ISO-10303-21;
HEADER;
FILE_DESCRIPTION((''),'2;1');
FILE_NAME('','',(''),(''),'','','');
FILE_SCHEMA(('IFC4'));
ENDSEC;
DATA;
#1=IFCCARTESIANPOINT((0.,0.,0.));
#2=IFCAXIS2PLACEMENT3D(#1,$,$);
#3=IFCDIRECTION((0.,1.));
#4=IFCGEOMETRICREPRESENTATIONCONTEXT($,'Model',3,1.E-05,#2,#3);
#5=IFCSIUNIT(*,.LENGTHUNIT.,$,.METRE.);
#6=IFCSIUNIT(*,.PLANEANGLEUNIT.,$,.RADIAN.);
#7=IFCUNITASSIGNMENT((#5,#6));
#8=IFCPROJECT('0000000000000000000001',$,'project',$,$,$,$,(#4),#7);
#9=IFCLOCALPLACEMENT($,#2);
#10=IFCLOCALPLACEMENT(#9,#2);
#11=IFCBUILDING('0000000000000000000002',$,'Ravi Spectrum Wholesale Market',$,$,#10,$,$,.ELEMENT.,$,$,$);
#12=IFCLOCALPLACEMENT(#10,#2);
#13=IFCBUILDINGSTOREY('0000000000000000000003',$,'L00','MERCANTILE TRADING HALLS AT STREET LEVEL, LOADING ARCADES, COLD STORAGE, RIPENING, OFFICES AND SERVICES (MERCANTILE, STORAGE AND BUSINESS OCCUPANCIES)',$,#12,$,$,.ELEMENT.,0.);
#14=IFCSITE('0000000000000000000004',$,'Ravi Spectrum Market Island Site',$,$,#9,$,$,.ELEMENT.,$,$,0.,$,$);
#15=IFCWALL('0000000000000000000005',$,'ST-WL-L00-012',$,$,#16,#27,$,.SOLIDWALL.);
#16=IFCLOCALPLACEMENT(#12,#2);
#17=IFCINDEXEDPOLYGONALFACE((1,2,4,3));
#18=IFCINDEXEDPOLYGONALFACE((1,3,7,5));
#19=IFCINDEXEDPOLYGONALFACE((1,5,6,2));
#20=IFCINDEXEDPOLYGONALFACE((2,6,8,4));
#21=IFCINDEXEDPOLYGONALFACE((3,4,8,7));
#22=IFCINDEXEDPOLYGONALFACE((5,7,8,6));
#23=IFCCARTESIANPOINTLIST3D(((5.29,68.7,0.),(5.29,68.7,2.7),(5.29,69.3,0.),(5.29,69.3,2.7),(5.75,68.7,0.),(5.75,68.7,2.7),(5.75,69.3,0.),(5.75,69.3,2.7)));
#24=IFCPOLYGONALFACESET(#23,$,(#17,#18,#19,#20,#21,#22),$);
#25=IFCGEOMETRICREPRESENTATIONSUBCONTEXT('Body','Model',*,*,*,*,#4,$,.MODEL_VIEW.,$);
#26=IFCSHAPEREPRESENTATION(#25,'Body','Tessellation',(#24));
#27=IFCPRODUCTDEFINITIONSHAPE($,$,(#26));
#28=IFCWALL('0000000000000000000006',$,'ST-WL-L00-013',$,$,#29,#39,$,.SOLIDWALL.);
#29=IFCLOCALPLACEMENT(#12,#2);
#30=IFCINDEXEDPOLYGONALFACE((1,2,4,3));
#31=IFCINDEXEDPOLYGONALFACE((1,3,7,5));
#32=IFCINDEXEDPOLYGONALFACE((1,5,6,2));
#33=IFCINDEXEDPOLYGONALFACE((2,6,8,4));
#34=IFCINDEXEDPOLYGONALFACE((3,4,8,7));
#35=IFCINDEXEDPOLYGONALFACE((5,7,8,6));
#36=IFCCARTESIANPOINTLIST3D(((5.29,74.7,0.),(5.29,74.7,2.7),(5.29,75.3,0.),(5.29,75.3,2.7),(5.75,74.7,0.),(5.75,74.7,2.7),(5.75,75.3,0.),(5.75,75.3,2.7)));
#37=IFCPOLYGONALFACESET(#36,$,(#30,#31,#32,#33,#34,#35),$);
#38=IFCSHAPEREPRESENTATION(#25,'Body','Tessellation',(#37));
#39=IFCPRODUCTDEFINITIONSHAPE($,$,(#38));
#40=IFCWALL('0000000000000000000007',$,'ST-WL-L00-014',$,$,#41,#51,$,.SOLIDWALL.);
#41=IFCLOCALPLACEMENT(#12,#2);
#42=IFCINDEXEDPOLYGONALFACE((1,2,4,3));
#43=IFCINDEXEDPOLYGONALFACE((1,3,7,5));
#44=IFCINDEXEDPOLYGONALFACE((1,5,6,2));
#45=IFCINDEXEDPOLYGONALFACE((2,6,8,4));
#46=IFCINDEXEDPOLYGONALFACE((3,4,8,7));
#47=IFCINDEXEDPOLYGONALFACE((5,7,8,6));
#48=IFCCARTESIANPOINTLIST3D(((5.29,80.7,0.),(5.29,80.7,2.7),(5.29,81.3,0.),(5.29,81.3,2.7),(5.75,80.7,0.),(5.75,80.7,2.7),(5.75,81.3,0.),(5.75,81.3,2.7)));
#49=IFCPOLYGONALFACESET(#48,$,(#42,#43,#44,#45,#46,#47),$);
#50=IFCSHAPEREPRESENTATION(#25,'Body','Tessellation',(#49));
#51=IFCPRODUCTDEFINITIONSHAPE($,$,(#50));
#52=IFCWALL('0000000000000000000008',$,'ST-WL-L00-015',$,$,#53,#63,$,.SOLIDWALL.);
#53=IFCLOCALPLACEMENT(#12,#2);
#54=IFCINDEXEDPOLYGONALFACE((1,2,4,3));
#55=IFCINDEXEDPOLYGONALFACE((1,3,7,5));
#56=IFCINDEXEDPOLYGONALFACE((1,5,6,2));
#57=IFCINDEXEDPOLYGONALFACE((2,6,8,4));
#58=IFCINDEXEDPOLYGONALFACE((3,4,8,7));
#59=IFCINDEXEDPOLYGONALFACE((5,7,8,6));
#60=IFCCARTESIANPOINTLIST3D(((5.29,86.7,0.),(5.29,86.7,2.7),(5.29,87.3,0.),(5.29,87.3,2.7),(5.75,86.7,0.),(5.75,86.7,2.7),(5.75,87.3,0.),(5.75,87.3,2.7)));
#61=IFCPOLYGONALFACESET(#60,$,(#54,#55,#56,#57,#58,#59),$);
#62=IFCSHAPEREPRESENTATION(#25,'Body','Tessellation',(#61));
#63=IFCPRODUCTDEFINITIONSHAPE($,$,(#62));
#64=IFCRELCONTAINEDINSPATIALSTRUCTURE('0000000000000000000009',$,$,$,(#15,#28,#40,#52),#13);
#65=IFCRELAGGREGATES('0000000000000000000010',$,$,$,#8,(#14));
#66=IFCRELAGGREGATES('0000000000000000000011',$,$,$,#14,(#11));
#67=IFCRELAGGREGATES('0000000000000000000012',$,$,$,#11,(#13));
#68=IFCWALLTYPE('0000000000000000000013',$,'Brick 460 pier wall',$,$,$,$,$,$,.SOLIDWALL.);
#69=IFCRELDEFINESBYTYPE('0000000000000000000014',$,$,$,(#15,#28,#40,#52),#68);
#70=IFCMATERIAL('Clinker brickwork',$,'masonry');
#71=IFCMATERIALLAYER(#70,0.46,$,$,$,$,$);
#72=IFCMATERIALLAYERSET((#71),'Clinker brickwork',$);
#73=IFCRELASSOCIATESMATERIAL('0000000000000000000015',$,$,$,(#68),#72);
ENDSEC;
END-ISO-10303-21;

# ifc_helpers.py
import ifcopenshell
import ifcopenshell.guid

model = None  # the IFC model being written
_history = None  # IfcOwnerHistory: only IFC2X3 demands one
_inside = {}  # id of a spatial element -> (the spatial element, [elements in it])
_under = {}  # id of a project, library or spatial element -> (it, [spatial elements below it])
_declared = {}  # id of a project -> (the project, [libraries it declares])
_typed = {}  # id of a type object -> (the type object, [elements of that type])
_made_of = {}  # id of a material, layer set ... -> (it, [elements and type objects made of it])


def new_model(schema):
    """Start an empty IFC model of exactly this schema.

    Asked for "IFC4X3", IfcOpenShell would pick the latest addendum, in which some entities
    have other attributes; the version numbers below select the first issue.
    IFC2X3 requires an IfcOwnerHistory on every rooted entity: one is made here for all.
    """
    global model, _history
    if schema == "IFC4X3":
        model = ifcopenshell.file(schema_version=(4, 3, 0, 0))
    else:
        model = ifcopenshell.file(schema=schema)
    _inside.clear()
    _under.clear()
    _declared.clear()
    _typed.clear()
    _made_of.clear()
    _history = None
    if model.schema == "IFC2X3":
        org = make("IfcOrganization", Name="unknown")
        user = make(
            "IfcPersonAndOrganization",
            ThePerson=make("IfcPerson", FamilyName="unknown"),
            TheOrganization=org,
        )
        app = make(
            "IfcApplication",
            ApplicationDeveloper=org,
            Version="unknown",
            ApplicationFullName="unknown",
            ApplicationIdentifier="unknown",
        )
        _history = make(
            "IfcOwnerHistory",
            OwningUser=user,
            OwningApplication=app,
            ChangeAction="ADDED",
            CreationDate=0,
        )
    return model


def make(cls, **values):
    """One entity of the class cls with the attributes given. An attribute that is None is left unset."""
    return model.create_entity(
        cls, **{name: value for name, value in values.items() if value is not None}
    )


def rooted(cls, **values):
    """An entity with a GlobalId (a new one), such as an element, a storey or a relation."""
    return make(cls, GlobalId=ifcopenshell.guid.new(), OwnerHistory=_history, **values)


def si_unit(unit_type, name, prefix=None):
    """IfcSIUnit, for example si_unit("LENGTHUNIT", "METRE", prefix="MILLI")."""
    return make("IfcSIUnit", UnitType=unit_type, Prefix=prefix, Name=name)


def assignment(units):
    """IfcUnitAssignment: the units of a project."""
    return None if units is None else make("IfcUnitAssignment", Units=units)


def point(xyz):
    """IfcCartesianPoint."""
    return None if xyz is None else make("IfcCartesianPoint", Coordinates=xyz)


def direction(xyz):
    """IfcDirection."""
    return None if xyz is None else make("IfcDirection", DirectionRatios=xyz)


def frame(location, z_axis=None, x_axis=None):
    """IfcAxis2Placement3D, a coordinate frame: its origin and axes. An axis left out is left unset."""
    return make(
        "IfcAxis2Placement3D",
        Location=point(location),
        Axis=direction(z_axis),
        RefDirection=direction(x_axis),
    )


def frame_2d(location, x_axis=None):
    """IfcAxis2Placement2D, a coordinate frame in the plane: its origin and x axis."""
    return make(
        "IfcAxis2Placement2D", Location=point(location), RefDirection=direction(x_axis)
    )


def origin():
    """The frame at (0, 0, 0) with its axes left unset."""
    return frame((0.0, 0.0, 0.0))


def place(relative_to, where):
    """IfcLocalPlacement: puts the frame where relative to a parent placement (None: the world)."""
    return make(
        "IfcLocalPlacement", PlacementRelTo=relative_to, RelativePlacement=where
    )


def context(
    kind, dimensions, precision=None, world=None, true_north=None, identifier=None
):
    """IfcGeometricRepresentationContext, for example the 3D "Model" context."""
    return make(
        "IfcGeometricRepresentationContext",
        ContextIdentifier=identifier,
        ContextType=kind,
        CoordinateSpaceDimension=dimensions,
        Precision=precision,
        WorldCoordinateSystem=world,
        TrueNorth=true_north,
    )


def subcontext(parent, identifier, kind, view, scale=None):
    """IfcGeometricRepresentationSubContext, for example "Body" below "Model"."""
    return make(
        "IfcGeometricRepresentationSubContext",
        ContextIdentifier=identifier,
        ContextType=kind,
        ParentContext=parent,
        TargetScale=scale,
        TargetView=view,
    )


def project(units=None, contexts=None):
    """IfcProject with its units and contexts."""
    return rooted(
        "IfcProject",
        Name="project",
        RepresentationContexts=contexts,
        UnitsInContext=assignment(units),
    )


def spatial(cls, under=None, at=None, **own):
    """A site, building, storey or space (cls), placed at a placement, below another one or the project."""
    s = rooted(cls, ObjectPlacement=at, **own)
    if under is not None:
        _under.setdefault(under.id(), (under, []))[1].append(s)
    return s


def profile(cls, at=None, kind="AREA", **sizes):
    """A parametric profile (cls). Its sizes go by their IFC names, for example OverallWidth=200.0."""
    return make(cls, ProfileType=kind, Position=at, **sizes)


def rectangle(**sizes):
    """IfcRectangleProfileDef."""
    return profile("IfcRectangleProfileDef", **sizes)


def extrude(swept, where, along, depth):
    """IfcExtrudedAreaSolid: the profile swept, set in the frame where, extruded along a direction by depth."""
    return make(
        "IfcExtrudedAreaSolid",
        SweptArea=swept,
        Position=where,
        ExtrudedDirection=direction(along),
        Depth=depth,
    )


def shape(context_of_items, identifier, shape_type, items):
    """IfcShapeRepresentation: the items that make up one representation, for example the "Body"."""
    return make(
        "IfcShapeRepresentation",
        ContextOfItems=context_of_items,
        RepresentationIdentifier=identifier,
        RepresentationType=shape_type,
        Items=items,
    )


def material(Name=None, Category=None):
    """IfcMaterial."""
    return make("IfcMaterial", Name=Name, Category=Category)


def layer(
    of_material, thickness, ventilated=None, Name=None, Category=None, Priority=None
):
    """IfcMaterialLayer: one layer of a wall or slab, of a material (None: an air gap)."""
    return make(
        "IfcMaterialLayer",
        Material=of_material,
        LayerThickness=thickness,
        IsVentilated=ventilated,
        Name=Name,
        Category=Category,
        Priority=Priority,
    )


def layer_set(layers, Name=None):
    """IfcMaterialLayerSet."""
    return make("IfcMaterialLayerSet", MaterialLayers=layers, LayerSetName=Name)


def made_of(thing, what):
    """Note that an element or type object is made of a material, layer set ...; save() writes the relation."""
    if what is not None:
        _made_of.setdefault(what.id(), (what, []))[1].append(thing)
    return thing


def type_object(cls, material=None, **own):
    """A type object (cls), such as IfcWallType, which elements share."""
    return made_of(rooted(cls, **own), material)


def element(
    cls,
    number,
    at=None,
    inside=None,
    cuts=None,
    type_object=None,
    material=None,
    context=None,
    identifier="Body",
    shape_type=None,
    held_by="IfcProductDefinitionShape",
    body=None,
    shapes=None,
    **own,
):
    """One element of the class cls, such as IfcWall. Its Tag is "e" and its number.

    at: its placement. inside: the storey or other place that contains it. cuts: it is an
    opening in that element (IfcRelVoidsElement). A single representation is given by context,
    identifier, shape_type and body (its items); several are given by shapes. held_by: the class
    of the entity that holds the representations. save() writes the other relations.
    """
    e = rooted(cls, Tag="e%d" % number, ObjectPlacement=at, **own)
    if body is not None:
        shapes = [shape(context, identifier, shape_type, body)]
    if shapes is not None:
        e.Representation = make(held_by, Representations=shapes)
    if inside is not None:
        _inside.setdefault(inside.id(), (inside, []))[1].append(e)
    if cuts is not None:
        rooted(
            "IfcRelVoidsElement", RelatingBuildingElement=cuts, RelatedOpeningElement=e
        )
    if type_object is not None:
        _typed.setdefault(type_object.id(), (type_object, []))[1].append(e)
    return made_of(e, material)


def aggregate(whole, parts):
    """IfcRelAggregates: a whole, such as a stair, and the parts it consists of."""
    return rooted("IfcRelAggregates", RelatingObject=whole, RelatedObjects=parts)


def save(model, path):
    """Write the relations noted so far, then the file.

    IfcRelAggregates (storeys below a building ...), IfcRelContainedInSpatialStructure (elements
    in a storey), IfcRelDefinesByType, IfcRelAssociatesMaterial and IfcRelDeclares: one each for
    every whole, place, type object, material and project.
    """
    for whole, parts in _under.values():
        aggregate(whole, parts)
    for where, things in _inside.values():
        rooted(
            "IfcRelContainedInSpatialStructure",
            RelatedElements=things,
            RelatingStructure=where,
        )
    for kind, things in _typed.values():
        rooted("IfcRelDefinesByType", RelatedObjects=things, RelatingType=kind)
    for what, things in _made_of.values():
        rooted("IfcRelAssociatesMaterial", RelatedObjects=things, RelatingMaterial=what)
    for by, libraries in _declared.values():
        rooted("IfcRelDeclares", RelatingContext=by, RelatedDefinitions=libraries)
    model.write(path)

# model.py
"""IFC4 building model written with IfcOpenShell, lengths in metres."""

from ifc_helpers import new_model, si_unit, direction, frame, frame_2d, origin, place, context, subcontext, project, spatial, rectangle, extrude, material, layer, layer_set, type_object, element, save


model = new_model("IFC4")

# Units and contexts
model_context = context("Model", 3, precision=1e-05, world=origin(), true_north=direction((0.0, 1.0)))
body_context = subcontext(model_context, "Body", "Model", "MODEL_VIEW")
ifc_project = project(units=[si_unit("LENGTHUNIT", "METRE"), si_unit("PLANEANGLEUNIT", "RADIAN")], contexts=[model_context])

# Site, building, storey
site_placement = place(None, origin())
site = spatial("IfcSite", under=ifc_project, at=site_placement, Name="Ravi Spectrum Market Island Site", CompositionType="ELEMENT", RefElevation=0.0)
building_placement = place(site_placement, origin())
building = spatial("IfcBuilding", under=site, at=building_placement, Name="Ravi Spectrum Wholesale Market", CompositionType="ELEMENT")
storey_placement = place(building_placement, origin())
storey = spatial("IfcBuildingStorey", under=building, at=storey_placement, Name="L00", Description="MERCANTILE TRADING HALLS AT STREET LEVEL, LOADING ARCADES, COLD STORAGE, RIPENING, OFFICES AND SERVICES (MERCANTILE, STORAGE AND BUSINESS OCCUPANCIES)", CompositionType="ELEMENT", Elevation=0.0)

# Shared definitions
ifc_material_1 = material(Name="Clinker brickwork", Category="masonry")
ifc_layer_1 = layer(ifc_material_1, 0.46)
ifc_layer_set_1 = layer_set([ifc_layer_1], Name="Clinker brickwork")
wall_type_1 = type_object("IfcWallType", Name="Brick 460 pier wall", PredefinedType="SOLIDWALL", material=ifc_layer_set_1)

# Walls
for number, where, z_axis, x_axis, name in (
    (1, (5.52, 68.7, 0.0), (0.0, 0.0, 1.0), (0.0, 1.0, 0.0), "ST-WL-L00-012"),
    (2, (5.52, 74.7, 0.0), (0.0, 0.0, 1.0), (0.0, 1.0, 0.0), "ST-WL-L00-013"),
    (3, (5.52, 80.7, 0.0), (0.0, 0.0, 1.0), (0.0, 1.0, 0.0), "ST-WL-L00-014"),
    (4, (5.52, 86.7, 0.0), (0.0, 0.0, 1.0), (0.0, 1.0, 0.0), "ST-WL-L00-015"),
):
    element("IfcWall", number, at=place(storey_placement, frame(where, z_axis=z_axis, x_axis=x_axis)), inside=storey, type_object=wall_type_1, Name=name, PredefinedType="SOLIDWALL", context=body_context, shape_type="SweptSolid", body=[
        extrude(rectangle(XDim=0.6001, YDim=0.46, at=frame_2d((0.3, 0.0))), origin(), (0.0, 0.0, 1.0), 2.7),
    ])

save(model, "model.ifc")
